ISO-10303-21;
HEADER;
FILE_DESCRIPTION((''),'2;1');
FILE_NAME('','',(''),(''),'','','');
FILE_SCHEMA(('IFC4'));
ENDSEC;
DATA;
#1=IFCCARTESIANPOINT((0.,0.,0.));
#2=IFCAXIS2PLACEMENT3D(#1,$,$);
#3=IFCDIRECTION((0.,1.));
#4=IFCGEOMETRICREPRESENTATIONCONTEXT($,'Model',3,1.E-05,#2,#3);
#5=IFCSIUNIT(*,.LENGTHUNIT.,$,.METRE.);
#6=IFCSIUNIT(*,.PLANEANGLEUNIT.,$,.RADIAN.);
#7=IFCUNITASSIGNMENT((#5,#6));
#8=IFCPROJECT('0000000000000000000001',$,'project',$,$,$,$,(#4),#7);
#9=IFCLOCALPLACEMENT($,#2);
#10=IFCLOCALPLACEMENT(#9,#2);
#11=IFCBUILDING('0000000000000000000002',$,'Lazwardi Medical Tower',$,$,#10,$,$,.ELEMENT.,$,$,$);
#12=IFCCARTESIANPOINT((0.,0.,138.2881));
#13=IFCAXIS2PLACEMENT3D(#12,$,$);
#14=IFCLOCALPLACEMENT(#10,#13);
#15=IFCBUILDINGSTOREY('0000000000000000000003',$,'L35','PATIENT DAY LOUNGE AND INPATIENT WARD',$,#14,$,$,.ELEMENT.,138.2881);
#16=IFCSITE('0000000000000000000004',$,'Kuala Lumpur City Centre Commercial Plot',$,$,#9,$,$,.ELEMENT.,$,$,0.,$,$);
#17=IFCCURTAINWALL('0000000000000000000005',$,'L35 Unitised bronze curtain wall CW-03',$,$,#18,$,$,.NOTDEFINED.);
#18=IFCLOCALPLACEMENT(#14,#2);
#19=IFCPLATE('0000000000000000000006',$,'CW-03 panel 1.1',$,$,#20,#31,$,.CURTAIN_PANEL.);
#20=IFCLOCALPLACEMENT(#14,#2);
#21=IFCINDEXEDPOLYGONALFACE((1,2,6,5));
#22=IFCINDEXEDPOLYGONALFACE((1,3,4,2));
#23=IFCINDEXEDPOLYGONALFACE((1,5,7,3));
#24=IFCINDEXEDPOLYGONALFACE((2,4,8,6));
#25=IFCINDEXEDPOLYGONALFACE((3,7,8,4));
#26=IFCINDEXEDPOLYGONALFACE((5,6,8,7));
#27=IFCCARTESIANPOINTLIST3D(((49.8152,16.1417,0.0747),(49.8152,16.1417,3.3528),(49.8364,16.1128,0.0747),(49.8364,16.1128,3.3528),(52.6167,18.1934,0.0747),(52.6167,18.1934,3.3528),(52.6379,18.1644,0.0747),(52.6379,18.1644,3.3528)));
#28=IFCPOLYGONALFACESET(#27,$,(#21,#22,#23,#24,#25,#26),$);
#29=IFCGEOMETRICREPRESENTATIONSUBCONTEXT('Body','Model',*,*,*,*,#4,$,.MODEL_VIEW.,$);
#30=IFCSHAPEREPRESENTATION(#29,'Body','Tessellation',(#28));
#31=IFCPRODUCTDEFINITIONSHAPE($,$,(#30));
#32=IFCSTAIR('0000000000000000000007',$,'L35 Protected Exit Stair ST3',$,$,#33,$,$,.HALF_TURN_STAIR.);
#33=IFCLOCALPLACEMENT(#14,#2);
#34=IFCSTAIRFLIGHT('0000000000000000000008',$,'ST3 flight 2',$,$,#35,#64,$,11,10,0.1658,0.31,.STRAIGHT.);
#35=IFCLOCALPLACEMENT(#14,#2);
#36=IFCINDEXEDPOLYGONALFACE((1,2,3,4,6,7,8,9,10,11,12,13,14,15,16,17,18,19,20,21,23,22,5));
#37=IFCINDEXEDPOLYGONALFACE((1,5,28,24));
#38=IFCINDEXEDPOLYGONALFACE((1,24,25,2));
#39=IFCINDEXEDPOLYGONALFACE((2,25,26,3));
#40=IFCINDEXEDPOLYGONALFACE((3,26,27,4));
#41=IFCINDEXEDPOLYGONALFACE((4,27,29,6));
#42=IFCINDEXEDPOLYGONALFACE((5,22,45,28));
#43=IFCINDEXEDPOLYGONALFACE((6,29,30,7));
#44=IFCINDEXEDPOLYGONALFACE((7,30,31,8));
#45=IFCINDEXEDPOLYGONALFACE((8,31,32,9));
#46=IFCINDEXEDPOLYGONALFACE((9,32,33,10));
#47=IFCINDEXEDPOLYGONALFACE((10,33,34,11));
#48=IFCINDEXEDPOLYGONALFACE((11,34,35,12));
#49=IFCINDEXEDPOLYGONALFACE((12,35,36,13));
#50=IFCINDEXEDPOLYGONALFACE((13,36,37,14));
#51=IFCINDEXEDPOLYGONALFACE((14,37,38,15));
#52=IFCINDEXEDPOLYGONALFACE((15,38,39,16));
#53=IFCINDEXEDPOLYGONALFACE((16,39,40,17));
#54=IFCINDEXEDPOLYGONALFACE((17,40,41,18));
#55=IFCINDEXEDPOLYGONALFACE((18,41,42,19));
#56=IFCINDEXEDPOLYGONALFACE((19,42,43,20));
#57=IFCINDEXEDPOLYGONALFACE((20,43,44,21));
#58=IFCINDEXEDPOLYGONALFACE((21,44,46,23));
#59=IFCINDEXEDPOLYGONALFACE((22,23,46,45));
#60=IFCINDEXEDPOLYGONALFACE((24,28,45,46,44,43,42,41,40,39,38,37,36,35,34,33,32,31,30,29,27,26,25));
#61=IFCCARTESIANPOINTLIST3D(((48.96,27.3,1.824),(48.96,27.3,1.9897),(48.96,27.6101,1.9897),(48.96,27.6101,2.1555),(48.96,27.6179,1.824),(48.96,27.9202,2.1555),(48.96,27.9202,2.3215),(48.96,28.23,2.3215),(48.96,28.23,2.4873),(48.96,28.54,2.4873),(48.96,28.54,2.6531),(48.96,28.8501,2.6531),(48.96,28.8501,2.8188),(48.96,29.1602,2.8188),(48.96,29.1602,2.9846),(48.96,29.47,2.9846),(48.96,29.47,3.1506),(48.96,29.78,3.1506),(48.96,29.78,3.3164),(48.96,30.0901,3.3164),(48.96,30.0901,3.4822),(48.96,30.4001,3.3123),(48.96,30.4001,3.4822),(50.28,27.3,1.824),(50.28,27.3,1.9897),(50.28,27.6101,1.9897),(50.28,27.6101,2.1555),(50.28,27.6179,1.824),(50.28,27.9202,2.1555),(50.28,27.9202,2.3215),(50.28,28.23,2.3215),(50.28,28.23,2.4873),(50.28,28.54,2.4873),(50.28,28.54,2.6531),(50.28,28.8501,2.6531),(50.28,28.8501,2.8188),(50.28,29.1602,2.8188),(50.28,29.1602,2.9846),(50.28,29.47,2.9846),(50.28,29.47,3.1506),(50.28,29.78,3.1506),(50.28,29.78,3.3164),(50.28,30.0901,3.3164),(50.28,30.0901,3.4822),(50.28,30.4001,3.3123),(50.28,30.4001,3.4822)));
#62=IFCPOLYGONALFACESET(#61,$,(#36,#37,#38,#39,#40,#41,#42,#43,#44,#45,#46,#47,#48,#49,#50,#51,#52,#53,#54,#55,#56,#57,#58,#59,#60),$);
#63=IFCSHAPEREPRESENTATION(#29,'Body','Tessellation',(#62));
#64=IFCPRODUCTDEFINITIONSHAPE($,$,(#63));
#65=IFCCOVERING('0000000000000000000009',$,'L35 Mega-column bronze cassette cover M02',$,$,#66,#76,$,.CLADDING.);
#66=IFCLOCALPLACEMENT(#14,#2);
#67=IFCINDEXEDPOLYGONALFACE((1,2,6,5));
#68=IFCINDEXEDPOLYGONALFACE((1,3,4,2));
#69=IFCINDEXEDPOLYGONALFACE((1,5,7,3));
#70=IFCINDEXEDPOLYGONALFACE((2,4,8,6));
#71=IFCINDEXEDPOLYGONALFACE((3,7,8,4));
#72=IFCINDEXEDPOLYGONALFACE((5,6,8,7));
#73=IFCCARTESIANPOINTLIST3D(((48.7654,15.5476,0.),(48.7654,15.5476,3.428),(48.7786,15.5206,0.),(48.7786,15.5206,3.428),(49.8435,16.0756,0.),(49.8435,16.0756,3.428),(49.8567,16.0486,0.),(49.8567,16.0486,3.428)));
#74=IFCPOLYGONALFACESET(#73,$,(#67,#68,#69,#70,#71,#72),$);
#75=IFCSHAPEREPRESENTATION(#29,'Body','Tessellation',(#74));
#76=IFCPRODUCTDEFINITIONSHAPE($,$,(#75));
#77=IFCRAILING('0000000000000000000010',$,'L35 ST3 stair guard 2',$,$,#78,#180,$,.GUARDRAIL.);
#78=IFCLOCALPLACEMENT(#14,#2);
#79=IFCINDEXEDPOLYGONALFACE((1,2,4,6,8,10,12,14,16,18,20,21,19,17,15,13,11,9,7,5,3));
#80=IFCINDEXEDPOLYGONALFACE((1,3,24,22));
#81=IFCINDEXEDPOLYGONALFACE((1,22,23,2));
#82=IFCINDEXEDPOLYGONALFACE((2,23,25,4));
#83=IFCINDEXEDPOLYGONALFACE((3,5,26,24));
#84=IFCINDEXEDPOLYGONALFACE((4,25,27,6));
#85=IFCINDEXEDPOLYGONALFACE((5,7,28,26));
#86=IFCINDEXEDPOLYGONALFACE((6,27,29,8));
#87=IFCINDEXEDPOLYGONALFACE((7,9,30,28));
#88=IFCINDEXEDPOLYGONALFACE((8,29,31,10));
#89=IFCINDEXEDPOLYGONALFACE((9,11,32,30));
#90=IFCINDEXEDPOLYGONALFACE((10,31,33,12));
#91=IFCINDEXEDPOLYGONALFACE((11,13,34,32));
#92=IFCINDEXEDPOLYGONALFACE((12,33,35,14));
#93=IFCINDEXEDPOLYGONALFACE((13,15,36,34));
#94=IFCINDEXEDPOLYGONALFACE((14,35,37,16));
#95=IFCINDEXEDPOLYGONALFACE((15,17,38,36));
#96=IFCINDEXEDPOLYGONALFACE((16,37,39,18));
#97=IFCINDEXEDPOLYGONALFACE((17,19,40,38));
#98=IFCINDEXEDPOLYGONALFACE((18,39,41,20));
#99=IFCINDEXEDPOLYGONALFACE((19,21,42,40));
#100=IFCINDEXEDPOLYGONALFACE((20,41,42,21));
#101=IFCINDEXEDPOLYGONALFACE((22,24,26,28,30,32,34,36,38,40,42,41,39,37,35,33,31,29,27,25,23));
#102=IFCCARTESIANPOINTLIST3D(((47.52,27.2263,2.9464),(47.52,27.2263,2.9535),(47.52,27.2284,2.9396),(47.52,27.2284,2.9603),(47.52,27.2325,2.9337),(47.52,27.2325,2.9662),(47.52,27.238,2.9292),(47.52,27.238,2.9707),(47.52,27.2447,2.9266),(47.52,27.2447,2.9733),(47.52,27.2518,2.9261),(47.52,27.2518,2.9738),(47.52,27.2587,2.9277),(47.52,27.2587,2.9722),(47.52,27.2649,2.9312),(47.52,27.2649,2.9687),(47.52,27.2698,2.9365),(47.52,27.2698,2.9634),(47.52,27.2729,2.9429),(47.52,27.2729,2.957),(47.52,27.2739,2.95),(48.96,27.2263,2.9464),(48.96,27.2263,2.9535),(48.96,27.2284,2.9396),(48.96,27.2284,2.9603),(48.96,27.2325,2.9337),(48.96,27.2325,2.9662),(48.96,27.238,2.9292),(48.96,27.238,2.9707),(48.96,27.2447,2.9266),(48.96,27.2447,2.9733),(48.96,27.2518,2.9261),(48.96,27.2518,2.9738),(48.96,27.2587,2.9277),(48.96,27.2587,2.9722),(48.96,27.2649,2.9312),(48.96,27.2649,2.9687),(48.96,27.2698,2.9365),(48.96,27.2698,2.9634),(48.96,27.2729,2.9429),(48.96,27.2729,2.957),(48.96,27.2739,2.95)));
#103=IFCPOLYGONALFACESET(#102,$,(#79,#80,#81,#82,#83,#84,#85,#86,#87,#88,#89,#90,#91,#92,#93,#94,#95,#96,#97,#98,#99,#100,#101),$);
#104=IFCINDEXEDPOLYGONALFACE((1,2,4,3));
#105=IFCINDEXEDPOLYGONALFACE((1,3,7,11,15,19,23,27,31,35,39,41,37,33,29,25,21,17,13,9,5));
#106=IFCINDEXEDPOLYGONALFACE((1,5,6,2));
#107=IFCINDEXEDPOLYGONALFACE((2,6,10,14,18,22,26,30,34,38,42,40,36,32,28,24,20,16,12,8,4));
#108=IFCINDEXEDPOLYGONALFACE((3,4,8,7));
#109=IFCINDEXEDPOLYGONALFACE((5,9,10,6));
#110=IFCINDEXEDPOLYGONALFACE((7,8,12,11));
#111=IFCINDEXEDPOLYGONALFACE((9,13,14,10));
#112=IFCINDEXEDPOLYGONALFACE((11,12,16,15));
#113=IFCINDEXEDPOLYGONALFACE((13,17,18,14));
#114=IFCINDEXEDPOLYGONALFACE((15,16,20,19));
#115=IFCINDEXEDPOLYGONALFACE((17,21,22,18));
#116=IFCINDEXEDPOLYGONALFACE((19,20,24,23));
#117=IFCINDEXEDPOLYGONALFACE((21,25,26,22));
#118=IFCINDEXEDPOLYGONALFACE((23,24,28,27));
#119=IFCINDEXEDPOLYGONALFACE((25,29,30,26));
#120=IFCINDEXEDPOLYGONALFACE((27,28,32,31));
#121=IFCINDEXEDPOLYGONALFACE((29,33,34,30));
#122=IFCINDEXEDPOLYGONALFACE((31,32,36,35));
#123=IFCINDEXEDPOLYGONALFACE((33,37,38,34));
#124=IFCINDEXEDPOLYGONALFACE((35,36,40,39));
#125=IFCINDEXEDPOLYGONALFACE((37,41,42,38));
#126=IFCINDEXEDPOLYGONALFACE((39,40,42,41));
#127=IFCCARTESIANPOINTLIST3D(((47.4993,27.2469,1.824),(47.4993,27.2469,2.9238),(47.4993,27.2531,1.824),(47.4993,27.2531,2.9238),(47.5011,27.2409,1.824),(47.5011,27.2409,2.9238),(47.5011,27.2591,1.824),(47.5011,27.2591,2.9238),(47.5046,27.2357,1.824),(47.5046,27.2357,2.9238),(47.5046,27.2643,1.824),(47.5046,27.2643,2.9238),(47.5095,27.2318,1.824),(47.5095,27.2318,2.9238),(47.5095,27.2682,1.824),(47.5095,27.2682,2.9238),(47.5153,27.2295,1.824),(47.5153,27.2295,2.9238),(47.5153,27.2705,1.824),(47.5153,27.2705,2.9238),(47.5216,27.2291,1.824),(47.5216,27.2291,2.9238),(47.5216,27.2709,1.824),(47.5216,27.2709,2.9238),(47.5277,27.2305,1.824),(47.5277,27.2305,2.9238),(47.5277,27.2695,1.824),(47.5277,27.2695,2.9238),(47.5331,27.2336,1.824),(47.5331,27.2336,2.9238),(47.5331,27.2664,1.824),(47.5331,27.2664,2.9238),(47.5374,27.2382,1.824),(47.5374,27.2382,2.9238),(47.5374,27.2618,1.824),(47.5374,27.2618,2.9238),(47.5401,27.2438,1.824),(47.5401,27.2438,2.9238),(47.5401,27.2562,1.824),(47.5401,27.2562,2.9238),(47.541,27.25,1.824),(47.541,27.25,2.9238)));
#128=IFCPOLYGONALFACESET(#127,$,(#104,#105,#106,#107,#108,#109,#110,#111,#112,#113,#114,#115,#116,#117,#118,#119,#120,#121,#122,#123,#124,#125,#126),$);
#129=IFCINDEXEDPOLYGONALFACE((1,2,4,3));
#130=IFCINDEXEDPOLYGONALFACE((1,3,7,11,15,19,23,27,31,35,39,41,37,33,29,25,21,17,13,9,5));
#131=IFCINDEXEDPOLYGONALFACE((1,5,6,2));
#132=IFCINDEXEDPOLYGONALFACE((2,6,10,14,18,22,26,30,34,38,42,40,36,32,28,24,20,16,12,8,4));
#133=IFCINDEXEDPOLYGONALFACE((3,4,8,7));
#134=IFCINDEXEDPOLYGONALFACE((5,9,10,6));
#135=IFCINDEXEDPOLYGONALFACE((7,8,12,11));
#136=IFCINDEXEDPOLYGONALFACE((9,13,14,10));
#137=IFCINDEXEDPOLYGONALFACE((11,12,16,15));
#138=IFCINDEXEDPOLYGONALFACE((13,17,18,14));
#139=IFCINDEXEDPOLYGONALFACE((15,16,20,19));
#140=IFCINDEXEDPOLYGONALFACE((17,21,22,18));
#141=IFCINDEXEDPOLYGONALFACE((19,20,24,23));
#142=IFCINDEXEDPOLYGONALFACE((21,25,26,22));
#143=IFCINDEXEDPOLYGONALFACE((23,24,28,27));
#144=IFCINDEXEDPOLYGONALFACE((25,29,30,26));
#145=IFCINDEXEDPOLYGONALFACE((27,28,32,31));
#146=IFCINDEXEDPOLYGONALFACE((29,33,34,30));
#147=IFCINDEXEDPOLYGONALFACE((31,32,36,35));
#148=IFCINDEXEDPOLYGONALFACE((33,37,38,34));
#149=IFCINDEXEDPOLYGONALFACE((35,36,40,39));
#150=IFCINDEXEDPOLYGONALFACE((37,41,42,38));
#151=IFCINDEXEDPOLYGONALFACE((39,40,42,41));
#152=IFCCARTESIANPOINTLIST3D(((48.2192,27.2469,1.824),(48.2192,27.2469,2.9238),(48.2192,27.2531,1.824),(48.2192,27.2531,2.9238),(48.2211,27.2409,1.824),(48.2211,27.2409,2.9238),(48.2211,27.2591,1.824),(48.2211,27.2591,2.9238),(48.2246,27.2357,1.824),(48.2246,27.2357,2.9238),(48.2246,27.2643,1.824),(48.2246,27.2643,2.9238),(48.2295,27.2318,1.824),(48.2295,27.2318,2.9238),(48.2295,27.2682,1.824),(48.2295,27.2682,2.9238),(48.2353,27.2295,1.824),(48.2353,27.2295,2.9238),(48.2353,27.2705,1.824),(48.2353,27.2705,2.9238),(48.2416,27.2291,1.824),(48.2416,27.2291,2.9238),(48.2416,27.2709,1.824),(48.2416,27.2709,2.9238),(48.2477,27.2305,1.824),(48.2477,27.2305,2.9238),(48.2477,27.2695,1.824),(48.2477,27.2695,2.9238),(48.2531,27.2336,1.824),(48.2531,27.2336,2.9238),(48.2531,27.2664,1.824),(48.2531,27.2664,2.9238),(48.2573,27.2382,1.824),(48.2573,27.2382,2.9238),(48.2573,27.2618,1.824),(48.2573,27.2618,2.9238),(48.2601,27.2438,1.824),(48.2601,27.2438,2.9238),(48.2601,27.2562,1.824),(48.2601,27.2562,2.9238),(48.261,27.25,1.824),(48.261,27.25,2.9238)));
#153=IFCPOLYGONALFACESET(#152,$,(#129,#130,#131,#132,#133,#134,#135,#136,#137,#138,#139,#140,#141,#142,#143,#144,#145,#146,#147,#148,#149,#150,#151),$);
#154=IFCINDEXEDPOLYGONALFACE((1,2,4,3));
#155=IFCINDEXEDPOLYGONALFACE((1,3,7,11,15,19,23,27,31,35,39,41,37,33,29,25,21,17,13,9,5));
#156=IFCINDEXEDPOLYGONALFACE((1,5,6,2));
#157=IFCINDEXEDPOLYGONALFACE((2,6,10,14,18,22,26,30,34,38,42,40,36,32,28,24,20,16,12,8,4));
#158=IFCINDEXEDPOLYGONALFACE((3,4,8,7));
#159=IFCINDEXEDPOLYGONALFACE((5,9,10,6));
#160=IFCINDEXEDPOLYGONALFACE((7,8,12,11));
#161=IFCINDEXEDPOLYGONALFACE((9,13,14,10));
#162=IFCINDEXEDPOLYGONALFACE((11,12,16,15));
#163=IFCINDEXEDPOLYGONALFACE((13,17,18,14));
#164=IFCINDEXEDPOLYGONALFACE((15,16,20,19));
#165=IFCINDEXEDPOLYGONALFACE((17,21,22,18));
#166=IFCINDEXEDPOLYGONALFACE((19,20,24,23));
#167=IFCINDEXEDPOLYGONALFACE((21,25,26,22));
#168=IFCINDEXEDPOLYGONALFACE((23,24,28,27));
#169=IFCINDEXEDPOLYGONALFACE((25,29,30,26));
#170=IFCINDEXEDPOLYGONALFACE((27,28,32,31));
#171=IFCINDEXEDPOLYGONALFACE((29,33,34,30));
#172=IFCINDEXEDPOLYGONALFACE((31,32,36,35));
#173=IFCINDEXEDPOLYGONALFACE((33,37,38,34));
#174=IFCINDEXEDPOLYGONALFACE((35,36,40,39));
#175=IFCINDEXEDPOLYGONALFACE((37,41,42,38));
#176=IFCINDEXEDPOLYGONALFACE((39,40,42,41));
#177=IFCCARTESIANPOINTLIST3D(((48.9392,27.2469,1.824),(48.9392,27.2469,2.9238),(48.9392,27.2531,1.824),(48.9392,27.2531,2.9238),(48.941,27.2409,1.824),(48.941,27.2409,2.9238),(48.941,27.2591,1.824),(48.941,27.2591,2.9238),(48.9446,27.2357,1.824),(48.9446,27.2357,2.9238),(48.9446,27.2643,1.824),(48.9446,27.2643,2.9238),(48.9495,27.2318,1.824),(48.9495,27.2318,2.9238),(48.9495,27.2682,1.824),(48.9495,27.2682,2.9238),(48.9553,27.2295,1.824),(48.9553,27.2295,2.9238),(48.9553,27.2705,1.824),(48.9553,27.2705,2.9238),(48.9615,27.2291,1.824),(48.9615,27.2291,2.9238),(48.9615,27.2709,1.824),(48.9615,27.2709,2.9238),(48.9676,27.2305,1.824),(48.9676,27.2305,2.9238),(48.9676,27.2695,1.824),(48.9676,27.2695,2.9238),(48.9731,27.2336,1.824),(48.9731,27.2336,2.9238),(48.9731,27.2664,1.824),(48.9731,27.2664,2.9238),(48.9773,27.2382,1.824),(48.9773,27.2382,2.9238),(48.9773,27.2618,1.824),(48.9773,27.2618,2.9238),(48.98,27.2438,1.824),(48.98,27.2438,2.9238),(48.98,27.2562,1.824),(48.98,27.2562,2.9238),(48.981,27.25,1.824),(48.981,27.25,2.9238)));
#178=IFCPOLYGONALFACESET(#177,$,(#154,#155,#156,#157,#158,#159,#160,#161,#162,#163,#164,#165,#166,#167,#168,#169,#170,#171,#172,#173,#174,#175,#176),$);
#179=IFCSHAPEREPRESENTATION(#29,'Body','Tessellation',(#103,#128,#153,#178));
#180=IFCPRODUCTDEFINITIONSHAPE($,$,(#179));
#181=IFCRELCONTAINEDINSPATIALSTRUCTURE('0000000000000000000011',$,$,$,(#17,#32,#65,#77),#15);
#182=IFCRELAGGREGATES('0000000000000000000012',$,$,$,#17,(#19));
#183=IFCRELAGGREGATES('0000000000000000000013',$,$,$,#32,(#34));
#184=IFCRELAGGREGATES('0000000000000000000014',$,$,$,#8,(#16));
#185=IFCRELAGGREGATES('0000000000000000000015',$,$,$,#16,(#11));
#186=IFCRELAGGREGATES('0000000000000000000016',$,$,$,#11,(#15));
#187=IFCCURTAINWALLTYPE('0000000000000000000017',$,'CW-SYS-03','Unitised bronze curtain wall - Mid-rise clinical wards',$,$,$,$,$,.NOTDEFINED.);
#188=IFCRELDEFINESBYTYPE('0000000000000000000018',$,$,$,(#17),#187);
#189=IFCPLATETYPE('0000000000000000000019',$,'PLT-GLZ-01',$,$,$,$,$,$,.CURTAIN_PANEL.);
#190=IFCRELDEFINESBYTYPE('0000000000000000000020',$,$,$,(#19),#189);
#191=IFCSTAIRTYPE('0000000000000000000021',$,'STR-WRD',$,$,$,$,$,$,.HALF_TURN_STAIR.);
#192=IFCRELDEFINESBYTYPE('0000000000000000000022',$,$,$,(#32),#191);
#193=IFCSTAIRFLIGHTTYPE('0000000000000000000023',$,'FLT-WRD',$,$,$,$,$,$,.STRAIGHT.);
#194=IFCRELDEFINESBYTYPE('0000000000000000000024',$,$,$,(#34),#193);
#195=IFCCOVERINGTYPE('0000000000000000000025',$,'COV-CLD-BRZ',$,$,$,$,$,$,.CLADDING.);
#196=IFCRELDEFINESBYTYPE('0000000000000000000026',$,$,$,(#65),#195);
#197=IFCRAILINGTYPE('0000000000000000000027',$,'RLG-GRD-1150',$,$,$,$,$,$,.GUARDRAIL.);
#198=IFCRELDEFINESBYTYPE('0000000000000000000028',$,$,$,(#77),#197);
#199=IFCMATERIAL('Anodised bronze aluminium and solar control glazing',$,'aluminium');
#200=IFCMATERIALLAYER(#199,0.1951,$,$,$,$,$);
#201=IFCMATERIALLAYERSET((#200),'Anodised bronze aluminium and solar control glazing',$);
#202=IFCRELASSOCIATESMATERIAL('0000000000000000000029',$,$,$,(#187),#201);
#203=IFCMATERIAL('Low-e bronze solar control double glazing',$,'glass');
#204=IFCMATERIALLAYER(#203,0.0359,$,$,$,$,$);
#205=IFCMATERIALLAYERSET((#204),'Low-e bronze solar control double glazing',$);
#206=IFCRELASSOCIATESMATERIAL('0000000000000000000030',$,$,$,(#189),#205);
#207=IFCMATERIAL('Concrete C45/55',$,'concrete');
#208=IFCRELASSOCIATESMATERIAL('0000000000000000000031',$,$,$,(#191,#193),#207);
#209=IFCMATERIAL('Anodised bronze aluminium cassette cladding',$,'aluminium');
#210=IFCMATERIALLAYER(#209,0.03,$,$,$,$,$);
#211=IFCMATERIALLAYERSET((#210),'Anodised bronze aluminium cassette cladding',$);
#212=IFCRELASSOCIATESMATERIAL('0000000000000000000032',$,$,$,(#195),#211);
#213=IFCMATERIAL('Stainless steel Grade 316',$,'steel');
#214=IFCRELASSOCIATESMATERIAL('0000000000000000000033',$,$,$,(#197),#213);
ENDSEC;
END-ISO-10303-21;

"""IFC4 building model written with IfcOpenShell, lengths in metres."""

from ifc_helpers import new_model, si_unit, direction, frame, origin, origin_2d, place, context, subcontext, project, spatial, polyline, rectangle, circle, outline, extrude, material, layer, layer_set, type_object, element, aggregate, save


model = new_model("IFC4")

# Units and contexts
model_context = context("Model", 3, precision=1e-05, world=origin(), true_north=direction((0.0, 1.0)))
body_context = subcontext(model_context, "Body", "Model", "MODEL_VIEW")
ifc_project = project(units=[si_unit("LENGTHUNIT", "METRE"), si_unit("PLANEANGLEUNIT", "RADIAN")], contexts=[model_context])

# Site, building, storey
site_placement = place(None, origin())
site = spatial("IfcSite", under=ifc_project, at=site_placement, Name="Kuala Lumpur City Centre Commercial Plot", CompositionType="ELEMENT", RefElevation=0.0)
building_placement = place(site_placement, origin())
building = spatial("IfcBuilding", under=site, at=building_placement, Name="Lazwardi Medical Tower", CompositionType="ELEMENT")
storey_placement = place(building_placement, frame((0.0, 0.0, 138.2881)))
storey = spatial("IfcBuildingStorey", under=building, at=storey_placement, Name="L35", Description="PATIENT DAY LOUNGE AND INPATIENT WARD", CompositionType="ELEMENT", Elevation=138.2881)

# Shared definitions
ifc_material_1 = material(Name="Anodised bronze aluminium and solar control glazing", Category="aluminium")
ifc_layer_1 = layer(ifc_material_1, 0.1951)
ifc_layer_set_1 = layer_set([ifc_layer_1], Name="Anodised bronze aluminium and solar control glazing")
curtain_wall_type = type_object("IfcCurtainWallType", Name="CW-SYS-03", Description="Unitised bronze curtain wall - Mid-rise clinical wards", PredefinedType="NOTDEFINED", material=ifc_layer_set_1)

# Curtain wall
curtain_wall_1_placement = place(storey_placement, origin())
curtain_wall_1 = element("IfcCurtainWall", 1, at=curtain_wall_1_placement, inside=storey, type_object=curtain_wall_type, Name="L35 Unitised bronze curtain wall CW-03", PredefinedType="NOTDEFINED")

# Plate
ifc_material_2 = material(Name="Low-e bronze solar control double glazing", Category="glass")
ifc_layer_2 = layer(ifc_material_2, 0.0359)
ifc_layer_set_2 = layer_set([ifc_layer_2], Name="Low-e bronze solar control double glazing")
plate_type = type_object("IfcPlateType", Name="PLT-GLZ-01", PredefinedType="CURTAIN_PANEL", material=ifc_layer_set_2)
plate_1_placement = place(storey_placement, frame((51.2266, 17.1531, 0.0747), z_axis=(0.0, 0.0, 1.0), x_axis=(0.806793, 0.590834, 0.0)))
plate_1 = element("IfcPlate", 2, at=plate_1_placement, type_object=plate_type, Name="CW-03 panel 1.1", PredefinedType="CURTAIN_PANEL", context=body_context, shape_type="SweptSolid", body=[
    extrude(rectangle(XDim=3.4724, YDim=0.0359, at=origin_2d()), origin(), (0.0, 0.0, 1.0), 3.2781),
])
aggregate(curtain_wall_1, [plate_1])

# Stair, stair flight
ifc_material_3 = material(Name="Concrete C45/55", Category="concrete")
stair_type = type_object("IfcStairType", Name="STR-WRD", PredefinedType="HALF_TURN_STAIR", material=ifc_material_3)
stair_placement = place(storey_placement, origin())
stair = element("IfcStair", 3, at=stair_placement, inside=storey, type_object=stair_type, Name="L35 Protected Exit Stair ST3", PredefinedType="HALF_TURN_STAIR")
stair_flight_type = type_object("IfcStairFlightType", Name="FLT-WRD", PredefinedType="STRAIGHT", material=ifc_material_3)
stair_flight_placement = place(storey_placement, frame((49.6201, 27.3, 1.824), z_axis=(0.0, 0.0, 1.0), x_axis=(0.0, 1.0, 0.0)))
stair_flight = element("IfcStairFlight", 4, at=stair_flight_placement, type_object=stair_flight_type, Name="ST3 flight 2", NumberOfRisers=11, NumberOfTreads=10, PredefinedType="STRAIGHT", RiserHeight=0.1658, TreadLength=0.31, context=body_context, shape_type="SweptSolid", body=[
    extrude(outline(polyline([(0.0, 0.0), (0.0, 0.1658), (0.3101, 0.1658), (0.3101, 0.3315), (0.6201, 0.3315), (0.6201, 0.4976), (0.9299, 0.4976), (0.9299, 0.6633), (1.24, 0.6633), (1.24, 0.8291), (1.55, 0.8291), (1.55, 0.9949), (1.8601, 0.9949), (1.8601, 1.1606), (2.1699, 1.1606), (2.1699, 1.3267), (2.48, 1.3267), (2.48, 1.4924), (2.79, 1.4924), (2.79, 1.6582), (3.1001, 1.6582), (3.1001, 1.824), (3.1001, 1.4883), (0.3179, 0.0), (0.0, 0.0)])), frame((0.0, 0.6602, 0.0), z_axis=(0.0, -1.0, 0.0), x_axis=(1.0, 0.0, 0.0)), (0.0, 0.0, 1.0), 1.3201),
])
aggregate(stair, [stair_flight])

# Covering
ifc_material_4 = material(Name="Anodised bronze aluminium cassette cladding", Category="aluminium")
ifc_layer_3 = layer(ifc_material_4, 0.03)
ifc_layer_set_3 = layer_set([ifc_layer_3], Name="Anodised bronze aluminium cassette cladding")
covering_type = type_object("IfcCoveringType", Name="COV-CLD-BRZ", PredefinedType="CLADDING", material=ifc_layer_set_3)
covering_placement = place(storey_placement, frame((49.311, 15.7981, 0.0), z_axis=(0.0, 0.0, 1.0), x_axis=(0.898079, 0.439834, 0.0)))
element("IfcCovering", 5, at=covering_placement, inside=storey, type_object=covering_type, Name="L35 Mega-column bronze cassette cover M02", PredefinedType="CLADDING", context=body_context, shape_type="SweptSolid", body=[
    extrude(rectangle(XDim=1.2004, YDim=0.03, at=origin_2d()), origin(), (0.0, 0.0, 1.0), 3.428),
])

# Railing
ifc_material_5 = material(Name="Stainless steel Grade 316", Category="steel")
railing_type_1 = type_object("IfcRailingType", Name="RLG-GRD-1150", PredefinedType="GUARDRAIL", material=ifc_material_5)
railing_1_placement = place(storey_placement, frame((47.52, 27.25, 1.824)))
element("IfcRailing", 6, at=railing_1_placement, inside=storey, type_object=railing_type_1, Name="L35 ST3 stair guard 2", PredefinedType="GUARDRAIL", context=body_context, shape_type="SweptSolid", body=[
    extrude(circle(Radius=0.0239, at=origin_2d()), frame((0.0, 0.0, 1.126), z_axis=(1.0, 0.0, 0.0), x_axis=(0.0, 1.0, 0.0)), (0.0, 0.0, 1.0), 1.4399),
    extrude(circle(Radius=0.021, at=origin_2d()), origin(), (0.0, 0.0, 1.0), 1.0999),
    extrude(circle(Radius=0.021, at=origin_2d()), frame((0.72, 0.0, 0.0)), (0.0, 0.0, 1.0), 1.0999),
    extrude(circle(Radius=0.021, at=origin_2d()), frame((1.4399, 0.0, 0.0)), (0.0, 0.0, 1.0), 1.0999),
])

save(model, "model.ifc")
